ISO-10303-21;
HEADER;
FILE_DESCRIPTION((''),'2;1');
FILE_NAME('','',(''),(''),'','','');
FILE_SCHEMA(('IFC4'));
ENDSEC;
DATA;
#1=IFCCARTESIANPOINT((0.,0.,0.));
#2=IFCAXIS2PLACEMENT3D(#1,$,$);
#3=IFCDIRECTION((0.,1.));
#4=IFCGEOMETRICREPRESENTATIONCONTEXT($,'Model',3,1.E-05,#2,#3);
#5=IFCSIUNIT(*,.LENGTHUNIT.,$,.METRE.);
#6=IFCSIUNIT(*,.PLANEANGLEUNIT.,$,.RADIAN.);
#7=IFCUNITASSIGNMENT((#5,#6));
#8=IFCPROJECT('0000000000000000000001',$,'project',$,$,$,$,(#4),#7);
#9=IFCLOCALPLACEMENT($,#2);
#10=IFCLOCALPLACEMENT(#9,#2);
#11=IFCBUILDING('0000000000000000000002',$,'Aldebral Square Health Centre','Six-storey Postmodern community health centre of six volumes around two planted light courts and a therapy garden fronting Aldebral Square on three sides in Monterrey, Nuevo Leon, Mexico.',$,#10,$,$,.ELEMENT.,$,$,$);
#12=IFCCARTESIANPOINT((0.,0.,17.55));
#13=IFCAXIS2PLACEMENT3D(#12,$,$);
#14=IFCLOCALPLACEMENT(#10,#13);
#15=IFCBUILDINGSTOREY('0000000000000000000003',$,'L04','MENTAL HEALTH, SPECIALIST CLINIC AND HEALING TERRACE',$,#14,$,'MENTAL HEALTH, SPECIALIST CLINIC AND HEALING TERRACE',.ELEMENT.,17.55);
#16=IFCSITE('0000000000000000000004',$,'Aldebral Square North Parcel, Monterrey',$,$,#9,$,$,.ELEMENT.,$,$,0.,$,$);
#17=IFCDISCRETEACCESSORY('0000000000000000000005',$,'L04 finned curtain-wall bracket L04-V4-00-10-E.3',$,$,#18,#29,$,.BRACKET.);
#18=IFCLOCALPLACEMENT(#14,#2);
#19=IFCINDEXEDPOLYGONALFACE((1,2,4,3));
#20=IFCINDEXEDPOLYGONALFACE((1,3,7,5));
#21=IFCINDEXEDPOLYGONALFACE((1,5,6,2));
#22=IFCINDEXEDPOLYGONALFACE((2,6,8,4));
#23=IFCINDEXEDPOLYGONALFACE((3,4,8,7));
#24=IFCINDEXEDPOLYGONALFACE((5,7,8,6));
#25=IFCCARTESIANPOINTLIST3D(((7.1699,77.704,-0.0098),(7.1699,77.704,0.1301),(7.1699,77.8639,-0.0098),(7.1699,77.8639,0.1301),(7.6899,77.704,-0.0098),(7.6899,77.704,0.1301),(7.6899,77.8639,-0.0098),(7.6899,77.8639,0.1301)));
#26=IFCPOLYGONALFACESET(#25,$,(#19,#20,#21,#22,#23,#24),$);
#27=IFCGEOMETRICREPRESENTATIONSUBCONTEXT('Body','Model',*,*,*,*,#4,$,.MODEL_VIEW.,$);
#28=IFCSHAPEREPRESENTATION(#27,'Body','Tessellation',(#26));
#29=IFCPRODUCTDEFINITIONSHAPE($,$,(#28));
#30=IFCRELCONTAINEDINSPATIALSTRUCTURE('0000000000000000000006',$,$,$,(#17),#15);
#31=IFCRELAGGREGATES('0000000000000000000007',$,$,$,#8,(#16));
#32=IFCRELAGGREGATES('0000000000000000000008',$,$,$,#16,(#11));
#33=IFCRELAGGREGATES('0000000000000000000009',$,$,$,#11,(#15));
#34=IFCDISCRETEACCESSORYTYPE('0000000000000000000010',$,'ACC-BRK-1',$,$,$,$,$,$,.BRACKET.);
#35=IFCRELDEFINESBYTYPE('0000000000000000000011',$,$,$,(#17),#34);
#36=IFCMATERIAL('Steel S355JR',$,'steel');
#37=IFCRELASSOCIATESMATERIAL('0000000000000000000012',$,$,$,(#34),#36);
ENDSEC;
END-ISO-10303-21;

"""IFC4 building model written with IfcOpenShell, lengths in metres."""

from ifc_helpers import new_model, si_unit, direction, frame, origin, origin_2d, place, context, subcontext, project, spatial, rectangle, extrude, material, type_object, element, save


model = new_model("IFC4")

# Units and contexts
model_context = context("Model", 3, precision=1e-05, world=origin(), true_north=direction((0.0, 1.0)))
body_context = subcontext(model_context, "Body", "Model", "MODEL_VIEW")
ifc_project = project(units=[si_unit("LENGTHUNIT", "METRE"), si_unit("PLANEANGLEUNIT", "RADIAN")], contexts=[model_context])

# Site, building, storey
site_placement = place(None, origin())
site = spatial("IfcSite", under=ifc_project, at=site_placement, Name="Aldebral Square North Parcel, Monterrey", CompositionType="ELEMENT", RefElevation=0.0)
building_placement = place(site_placement, origin())
building = spatial("IfcBuilding", under=site, at=building_placement, Name="Aldebral Square Health Centre", Description="Six-storey Postmodern community health centre of six volumes around two planted light courts and a therapy garden fronting Aldebral Square on three sides in Monterrey, Nuevo Leon, Mexico.", CompositionType="ELEMENT")
storey_placement = place(building_placement, frame((0.0, 0.0, 17.55)))
storey = spatial("IfcBuildingStorey", under=building, at=storey_placement, Name="L04", Description="MENTAL HEALTH, SPECIALIST CLINIC AND HEALING TERRACE", LongName="MENTAL HEALTH, SPECIALIST CLINIC AND HEALING TERRACE", CompositionType="ELEMENT", Elevation=17.55)

# Discrete accessory
ifc_material_1 = material(Name="Steel S355JR", Category="steel")
discrete_accessory_type = type_object("IfcDiscreteAccessoryType", Name="ACC-BRK-1", PredefinedType="BRACKET", material=ifc_material_1)
discrete_accessory_placement = place(storey_placement, frame((7.4299, 77.7839, -0.0098), z_axis=(0.0, 0.0, 1.0), x_axis=(0.0, 1.0, 0.0)))
element("IfcDiscreteAccessory", 1, at=discrete_accessory_placement, inside=storey, type_object=discrete_accessory_type, Name="L04 finned curtain-wall bracket L04-V4-00-10-E.3", PredefinedType="BRACKET", context=body_context, shape_type="SweptSolid", body=[
    extrude(rectangle(XDim=0.1599, YDim=0.52, at=origin_2d()), origin(), (0.0, 0.0, 1.0), 0.1399),
])

save(model, "model.ifc")
